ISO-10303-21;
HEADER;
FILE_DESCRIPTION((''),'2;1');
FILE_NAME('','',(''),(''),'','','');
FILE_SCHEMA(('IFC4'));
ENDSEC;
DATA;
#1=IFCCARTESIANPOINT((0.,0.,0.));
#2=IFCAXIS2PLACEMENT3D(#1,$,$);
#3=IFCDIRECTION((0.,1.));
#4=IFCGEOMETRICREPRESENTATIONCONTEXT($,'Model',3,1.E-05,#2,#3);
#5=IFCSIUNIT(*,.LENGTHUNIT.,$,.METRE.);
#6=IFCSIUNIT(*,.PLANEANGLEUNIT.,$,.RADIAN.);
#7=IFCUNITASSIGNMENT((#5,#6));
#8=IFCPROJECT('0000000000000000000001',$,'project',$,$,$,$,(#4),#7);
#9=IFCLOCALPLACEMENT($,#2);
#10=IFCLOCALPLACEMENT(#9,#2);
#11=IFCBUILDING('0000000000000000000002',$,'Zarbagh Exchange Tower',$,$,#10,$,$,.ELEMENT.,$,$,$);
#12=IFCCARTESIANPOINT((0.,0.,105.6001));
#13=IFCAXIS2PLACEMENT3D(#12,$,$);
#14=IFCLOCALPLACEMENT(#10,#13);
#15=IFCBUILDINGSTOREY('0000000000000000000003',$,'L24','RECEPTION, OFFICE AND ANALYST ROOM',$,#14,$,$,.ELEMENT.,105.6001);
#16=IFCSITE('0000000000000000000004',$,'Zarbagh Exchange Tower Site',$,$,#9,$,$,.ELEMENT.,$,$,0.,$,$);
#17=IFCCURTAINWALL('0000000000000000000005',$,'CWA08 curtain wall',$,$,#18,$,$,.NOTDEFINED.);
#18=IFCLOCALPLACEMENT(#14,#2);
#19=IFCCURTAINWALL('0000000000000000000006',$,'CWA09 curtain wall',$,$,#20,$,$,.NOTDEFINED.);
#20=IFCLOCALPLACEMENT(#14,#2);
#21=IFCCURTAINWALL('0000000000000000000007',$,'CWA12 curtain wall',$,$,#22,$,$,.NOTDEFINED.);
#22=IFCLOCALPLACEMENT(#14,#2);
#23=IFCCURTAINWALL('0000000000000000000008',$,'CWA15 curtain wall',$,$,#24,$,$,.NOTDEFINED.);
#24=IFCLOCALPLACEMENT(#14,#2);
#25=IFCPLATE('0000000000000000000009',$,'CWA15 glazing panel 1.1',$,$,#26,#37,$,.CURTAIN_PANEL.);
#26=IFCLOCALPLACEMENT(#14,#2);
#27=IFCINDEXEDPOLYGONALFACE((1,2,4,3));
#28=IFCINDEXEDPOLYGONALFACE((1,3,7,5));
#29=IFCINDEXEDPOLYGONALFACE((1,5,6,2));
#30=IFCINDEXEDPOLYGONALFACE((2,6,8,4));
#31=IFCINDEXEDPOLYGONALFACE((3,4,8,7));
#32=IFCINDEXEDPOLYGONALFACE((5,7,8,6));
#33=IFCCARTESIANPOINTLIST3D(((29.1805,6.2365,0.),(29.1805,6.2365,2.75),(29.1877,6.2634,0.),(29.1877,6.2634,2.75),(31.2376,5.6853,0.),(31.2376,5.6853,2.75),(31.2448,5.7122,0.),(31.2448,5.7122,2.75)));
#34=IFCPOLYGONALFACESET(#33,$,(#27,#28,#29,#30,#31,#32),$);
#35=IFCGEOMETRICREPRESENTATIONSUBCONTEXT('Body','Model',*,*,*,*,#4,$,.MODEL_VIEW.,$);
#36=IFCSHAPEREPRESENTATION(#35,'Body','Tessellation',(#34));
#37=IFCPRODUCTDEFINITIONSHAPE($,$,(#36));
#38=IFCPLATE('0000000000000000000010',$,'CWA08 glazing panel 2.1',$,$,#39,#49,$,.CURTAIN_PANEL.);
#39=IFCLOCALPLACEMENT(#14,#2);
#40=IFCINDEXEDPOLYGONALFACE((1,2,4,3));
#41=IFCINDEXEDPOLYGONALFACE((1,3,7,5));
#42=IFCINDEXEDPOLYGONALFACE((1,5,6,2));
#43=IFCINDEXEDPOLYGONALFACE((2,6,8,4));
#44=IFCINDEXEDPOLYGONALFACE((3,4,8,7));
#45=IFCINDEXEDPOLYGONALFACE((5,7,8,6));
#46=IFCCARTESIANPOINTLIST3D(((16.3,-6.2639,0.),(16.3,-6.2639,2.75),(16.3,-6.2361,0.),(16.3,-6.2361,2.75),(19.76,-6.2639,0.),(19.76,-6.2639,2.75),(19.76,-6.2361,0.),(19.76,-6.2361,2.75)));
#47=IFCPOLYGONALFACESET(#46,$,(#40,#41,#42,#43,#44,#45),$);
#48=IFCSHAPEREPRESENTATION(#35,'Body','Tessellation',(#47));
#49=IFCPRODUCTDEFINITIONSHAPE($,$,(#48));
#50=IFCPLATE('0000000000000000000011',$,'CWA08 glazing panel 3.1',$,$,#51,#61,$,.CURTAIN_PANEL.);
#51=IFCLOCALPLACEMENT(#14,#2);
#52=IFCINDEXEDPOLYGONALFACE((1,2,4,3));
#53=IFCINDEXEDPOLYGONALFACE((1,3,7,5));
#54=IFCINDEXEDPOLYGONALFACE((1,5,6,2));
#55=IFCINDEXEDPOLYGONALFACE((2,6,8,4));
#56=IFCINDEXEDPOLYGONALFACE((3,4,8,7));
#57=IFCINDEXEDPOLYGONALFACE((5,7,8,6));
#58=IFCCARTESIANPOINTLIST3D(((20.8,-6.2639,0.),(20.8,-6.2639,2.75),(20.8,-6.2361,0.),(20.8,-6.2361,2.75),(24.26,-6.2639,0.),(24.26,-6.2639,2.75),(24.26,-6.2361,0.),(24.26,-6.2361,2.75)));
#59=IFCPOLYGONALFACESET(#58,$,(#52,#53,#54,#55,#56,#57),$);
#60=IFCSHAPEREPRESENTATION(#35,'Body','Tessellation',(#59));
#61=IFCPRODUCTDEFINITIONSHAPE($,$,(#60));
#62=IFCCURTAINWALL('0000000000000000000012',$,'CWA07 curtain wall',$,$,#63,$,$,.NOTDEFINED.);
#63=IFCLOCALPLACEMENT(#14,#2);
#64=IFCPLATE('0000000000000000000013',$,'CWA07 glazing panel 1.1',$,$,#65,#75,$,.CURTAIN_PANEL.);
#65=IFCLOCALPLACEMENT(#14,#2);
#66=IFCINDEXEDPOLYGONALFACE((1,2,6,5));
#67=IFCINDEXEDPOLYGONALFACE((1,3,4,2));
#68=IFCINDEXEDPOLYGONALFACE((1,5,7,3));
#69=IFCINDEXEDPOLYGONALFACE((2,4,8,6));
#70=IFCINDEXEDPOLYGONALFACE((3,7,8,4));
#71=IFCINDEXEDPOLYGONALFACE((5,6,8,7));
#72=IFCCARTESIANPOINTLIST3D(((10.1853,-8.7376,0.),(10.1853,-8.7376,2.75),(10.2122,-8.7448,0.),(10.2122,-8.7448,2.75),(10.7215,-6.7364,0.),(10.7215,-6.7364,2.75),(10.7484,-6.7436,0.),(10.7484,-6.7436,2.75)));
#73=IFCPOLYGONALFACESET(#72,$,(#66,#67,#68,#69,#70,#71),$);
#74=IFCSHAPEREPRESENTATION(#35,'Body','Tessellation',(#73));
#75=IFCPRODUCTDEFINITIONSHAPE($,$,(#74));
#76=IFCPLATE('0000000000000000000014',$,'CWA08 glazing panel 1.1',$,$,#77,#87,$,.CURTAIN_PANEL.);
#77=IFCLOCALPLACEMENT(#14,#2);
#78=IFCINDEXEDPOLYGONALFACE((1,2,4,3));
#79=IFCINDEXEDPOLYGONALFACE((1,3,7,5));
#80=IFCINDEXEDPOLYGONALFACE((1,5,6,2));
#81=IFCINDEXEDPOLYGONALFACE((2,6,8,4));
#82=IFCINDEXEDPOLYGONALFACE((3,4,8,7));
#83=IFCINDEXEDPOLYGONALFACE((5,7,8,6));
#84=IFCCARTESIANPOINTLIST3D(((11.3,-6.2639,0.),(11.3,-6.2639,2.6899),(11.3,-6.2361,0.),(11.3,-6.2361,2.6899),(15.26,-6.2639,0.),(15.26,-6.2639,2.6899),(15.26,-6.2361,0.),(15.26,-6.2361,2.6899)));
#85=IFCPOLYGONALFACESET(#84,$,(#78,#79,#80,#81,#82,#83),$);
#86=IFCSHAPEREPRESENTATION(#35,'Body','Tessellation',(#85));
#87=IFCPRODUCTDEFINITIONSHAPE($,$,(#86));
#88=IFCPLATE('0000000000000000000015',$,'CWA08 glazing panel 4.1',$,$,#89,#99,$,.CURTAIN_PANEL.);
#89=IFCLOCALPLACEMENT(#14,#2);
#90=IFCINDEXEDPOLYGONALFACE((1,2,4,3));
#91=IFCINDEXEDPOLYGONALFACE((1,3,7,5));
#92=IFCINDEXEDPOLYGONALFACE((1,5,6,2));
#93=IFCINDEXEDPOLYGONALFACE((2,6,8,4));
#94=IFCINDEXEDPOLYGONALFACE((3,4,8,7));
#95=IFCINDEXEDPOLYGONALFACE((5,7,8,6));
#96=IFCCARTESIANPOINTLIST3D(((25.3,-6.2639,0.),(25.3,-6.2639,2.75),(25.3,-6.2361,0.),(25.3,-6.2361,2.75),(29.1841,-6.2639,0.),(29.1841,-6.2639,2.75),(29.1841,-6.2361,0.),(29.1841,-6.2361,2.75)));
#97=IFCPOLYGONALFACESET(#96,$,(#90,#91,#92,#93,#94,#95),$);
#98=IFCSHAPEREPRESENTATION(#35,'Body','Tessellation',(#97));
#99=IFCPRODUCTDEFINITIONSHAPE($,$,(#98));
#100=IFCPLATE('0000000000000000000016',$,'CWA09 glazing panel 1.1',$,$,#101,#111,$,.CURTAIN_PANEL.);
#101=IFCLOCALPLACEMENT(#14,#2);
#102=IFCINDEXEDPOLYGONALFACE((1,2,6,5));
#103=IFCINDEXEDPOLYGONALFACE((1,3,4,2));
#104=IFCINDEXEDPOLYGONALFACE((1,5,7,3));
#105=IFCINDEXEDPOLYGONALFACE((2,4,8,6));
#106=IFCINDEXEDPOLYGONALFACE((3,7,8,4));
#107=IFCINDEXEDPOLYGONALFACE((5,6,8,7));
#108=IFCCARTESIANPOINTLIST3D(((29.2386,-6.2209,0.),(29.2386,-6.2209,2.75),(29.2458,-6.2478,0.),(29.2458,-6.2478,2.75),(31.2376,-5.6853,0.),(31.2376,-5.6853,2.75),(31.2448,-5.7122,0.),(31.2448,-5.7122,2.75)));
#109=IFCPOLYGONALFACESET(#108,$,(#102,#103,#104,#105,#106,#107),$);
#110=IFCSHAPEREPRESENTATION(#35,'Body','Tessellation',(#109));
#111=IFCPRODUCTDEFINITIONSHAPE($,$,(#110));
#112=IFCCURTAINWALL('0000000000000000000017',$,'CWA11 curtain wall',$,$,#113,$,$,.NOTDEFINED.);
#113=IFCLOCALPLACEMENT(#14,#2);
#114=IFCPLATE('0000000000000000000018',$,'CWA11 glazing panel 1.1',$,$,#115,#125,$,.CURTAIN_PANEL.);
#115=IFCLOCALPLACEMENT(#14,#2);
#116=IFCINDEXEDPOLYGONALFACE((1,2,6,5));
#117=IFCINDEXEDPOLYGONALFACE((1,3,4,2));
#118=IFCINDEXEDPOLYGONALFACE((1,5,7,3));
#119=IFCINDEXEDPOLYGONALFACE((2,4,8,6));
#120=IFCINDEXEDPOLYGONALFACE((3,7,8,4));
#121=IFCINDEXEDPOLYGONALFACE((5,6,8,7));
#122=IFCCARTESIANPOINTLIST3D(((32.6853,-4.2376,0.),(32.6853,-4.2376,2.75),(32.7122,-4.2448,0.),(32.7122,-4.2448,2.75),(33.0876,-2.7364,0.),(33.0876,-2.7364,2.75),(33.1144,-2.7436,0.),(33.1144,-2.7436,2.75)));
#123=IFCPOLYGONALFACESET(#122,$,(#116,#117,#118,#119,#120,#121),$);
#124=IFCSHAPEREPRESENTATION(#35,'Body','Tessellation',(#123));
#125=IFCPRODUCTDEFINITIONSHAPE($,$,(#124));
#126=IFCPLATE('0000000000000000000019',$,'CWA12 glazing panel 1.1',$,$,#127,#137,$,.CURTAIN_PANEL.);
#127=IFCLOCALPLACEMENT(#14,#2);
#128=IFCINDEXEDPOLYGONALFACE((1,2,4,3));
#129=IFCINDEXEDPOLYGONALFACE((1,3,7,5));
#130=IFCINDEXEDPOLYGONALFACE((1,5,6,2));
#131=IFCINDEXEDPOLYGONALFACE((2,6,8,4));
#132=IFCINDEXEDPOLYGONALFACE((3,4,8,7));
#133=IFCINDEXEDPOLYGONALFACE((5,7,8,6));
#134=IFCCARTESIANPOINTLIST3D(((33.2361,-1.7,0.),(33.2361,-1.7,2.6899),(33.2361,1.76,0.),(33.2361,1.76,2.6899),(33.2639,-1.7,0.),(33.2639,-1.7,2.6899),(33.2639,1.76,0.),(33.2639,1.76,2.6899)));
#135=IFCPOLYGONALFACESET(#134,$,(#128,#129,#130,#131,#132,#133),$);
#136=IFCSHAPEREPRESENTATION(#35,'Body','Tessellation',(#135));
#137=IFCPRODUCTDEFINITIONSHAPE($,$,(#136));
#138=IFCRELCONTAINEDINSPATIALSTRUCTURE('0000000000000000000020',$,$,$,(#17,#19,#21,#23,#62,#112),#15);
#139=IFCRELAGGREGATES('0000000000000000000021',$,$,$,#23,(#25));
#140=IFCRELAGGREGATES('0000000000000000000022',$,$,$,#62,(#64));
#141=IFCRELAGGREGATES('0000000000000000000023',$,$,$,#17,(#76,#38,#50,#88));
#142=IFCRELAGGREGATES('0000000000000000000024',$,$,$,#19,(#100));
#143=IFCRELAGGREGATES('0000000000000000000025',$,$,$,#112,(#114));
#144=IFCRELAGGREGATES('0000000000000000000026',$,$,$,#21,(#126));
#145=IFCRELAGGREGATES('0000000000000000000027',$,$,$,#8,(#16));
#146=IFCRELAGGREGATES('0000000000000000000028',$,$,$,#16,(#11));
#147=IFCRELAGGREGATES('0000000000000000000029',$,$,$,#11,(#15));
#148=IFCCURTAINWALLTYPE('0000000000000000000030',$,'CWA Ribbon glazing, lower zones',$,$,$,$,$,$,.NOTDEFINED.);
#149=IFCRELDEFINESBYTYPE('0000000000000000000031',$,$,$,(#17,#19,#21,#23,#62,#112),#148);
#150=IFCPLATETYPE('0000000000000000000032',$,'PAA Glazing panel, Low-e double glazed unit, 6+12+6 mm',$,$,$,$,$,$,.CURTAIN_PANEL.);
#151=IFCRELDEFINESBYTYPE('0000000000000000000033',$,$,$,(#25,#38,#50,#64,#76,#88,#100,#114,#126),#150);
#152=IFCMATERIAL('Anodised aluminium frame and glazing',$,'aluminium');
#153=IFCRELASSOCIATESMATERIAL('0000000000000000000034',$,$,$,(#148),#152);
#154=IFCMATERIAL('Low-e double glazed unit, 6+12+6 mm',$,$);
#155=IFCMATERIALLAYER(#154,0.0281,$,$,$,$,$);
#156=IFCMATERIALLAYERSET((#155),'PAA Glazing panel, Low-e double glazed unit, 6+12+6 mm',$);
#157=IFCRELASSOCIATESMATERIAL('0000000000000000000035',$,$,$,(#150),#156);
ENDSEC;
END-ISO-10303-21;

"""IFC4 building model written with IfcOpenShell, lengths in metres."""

from ifc_helpers import new_model, si_unit, direction, frame, origin, place, context, subcontext, project, spatial, polyline, outline, extrude, source, transform, mapped, material, layer, layer_set, type_object, element, aggregate, save


model = new_model("IFC4")

# Units and contexts
model_context = context("Model", 3, precision=1e-05, world=origin(), true_north=direction((0.0, 1.0)))
body_context = subcontext(model_context, "Body", "Model", "MODEL_VIEW")
ifc_project = project(units=[si_unit("LENGTHUNIT", "METRE"), si_unit("PLANEANGLEUNIT", "RADIAN")], contexts=[model_context])

# Site, building, storey
site_placement = place(None, origin())
site = spatial("IfcSite", under=ifc_project, at=site_placement, Name="Zarbagh Exchange Tower Site", CompositionType="ELEMENT", RefElevation=0.0)
building_placement = place(site_placement, origin())
building = spatial("IfcBuilding", under=site, at=building_placement, Name="Zarbagh Exchange Tower", CompositionType="ELEMENT")
storey_placement = place(building_placement, frame((0.0, 0.0, 105.6001)))
storey = spatial("IfcBuildingStorey", under=building, at=storey_placement, Name="L24", Description="RECEPTION, OFFICE AND ANALYST ROOM", CompositionType="ELEMENT", Elevation=105.6001)

# Curtain wall
ifc_material_1 = material(Name="Anodised aluminium frame and glazing", Category="aluminium")
curtain_wall_type = type_object("IfcCurtainWallType", Name="CWA Ribbon glazing, lower zones", PredefinedType="NOTDEFINED", material=ifc_material_1)
curtain_wall_1_placement = place(storey_placement, origin())
curtain_wall_1 = element("IfcCurtainWall", 1, at=curtain_wall_1_placement, inside=storey, type_object=curtain_wall_type, Name="CWA08 curtain wall", PredefinedType="NOTDEFINED")
placement = place(storey_placement, origin())

# Curtain walls
curtain_wall_2_placement = place(storey_placement, origin())
curtain_wall_2 = element("IfcCurtainWall", 2, at=curtain_wall_2_placement, inside=storey, type_object=curtain_wall_type, Name="CWA09 curtain wall", PredefinedType="NOTDEFINED")
curtain_wall_3_placement = place(storey_placement, origin())
curtain_wall_3 = element("IfcCurtainWall", 3, at=curtain_wall_3_placement, inside=storey, type_object=curtain_wall_type, Name="CWA12 curtain wall", PredefinedType="NOTDEFINED")

# Shared definitions
ifc_material_2 = material(Name="Low-e double glazed unit, 6+12+6 mm")
ifc_layer = layer(ifc_material_2, 0.0281)
ifc_layer_set = layer_set([ifc_layer], Name="PAA Glazing panel, Low-e double glazed unit, 6+12+6 mm")
plate_type = type_object("IfcPlateType", Name="PAA Glazing panel, Low-e double glazed unit, 6+12+6 mm", PredefinedType="CURTAIN_PANEL", material=ifc_layer_set)

# Curtain wall, plate
curtain_wall_4_placement = place(storey_placement, origin())
curtain_wall_4 = element("IfcCurtainWall", 4, at=curtain_wall_4_placement, inside=storey, type_object=curtain_wall_type, Name="CWA15 curtain wall", PredefinedType="NOTDEFINED")
shared_shape_1 = source(origin(), body_context, "Body", "SweptSolid", [
    extrude(outline(polyline([(0.0, -0.0139), (2.1296, -0.0139), (2.1296, 0.0139), (0.0, 0.0139), (0.0, -0.0139)])), origin(), (0.0, 0.0, 1.0), 2.75),
])
plate_1 = element("IfcPlate", 5, at=placement, type_object=plate_type, Name="CWA15 glazing panel 1.1", PredefinedType="CURTAIN_PANEL", context=body_context, shape_type="MappedRepresentation", body=[
    mapped(shared_shape_1, transform((31.2412, 5.6987, 0.0), x_axis=(-0.965924, 0.258825, 0.0), y_axis=(-0.258825, -0.965924, 0.0), z_axis=(0.0, 0.0, 1.0))),
])
aggregate(curtain_wall_4, [plate_1])

# Plates
shared_shape_2 = source(origin(), body_context, "Body", "SweptSolid", [
    extrude(outline(polyline([(0.0, -0.0139), (3.46, -0.0139), (3.46, 0.0139), (0.0, 0.0139), (0.0, -0.0139)])), origin(), (0.0, 0.0, 1.0), 2.75),
])
plate_2 = element("IfcPlate", 6, at=placement, type_object=plate_type, Name="CWA08 glazing panel 2.1", PredefinedType="CURTAIN_PANEL", context=body_context, shape_type="MappedRepresentation", body=[
    mapped(shared_shape_2, transform((16.3, -6.25, 0.0), x_axis=(1.0, 0.0, 0.0), y_axis=(0.0, 1.0, 0.0), z_axis=(0.0, 0.0, 1.0))),
])
plate_3 = element("IfcPlate", 7, at=placement, type_object=plate_type, Name="CWA08 glazing panel 3.1", PredefinedType="CURTAIN_PANEL", context=body_context, shape_type="MappedRepresentation", body=[
    mapped(shared_shape_2, transform((20.8, -6.25, 0.0), x_axis=(1.0, 0.0, 0.0), y_axis=(0.0, 1.0, 0.0), z_axis=(0.0, 0.0, 1.0))),
])

# Curtain wall, plate
curtain_wall_5_placement = place(storey_placement, origin())
curtain_wall_5 = element("IfcCurtainWall", 8, at=curtain_wall_5_placement, inside=storey, type_object=curtain_wall_type, Name="CWA07 curtain wall", PredefinedType="NOTDEFINED")
shared_shape_3 = source(origin(), body_context, "Body", "SweptSolid", [
    extrude(outline(polyline([(0.0, -0.0139), (2.0718, -0.0139), (2.0718, 0.0139), (0.0, 0.0139), (0.0, -0.0139)])), origin(), (0.0, 0.0, 1.0), 2.75),
])
plate_4 = element("IfcPlate", 9, at=placement, type_object=plate_type, Name="CWA07 glazing panel 1.1", PredefinedType="CURTAIN_PANEL", context=body_context, shape_type="MappedRepresentation", body=[
    mapped(shared_shape_3, transform((10.1987, -8.7412, 0.0), x_axis=(0.258825, 0.965924, 0.0), y_axis=(-0.965924, 0.258825, 0.0), z_axis=(0.0, 0.0, 1.0))),
])
aggregate(curtain_wall_5, [plate_4])

# Plates
shared_shape_4 = source(origin(), body_context, "Body", "SweptSolid", [
    extrude(outline(polyline([(0.0, -0.0139), (3.96, -0.0139), (3.96, 0.0139), (0.0, 0.0139), (0.0, -0.0139)])), origin(), (0.0, 0.0, 1.0), 2.6899),
])
plate_5 = element("IfcPlate", 10, at=placement, type_object=plate_type, Name="CWA08 glazing panel 1.1", PredefinedType="CURTAIN_PANEL", context=body_context, shape_type="MappedRepresentation", body=[
    mapped(shared_shape_4, transform((11.3, -6.25, 0.0), x_axis=(1.0, 0.0, 0.0), y_axis=(0.0, 1.0, 0.0), z_axis=(0.0, 0.0, 1.0))),
])
shared_shape_5 = source(origin(), body_context, "Body", "SweptSolid", [
    extrude(outline(polyline([(0.0, -0.0139), (3.884, -0.0139), (3.884, 0.0139), (0.0, 0.0139), (0.0, -0.0139)])), origin(), (0.0, 0.0, 1.0), 2.75),
])
plate_6 = element("IfcPlate", 11, at=placement, type_object=plate_type, Name="CWA08 glazing panel 4.1", PredefinedType="CURTAIN_PANEL", context=body_context, shape_type="MappedRepresentation", body=[
    mapped(shared_shape_5, transform((25.3, -6.25, 0.0), x_axis=(1.0, 0.0, 0.0), y_axis=(0.0, 1.0, 0.0), z_axis=(0.0, 0.0, 1.0))),
])
aggregate(curtain_wall_1, [plate_5, plate_2, plate_3, plate_6])
shared_shape_6 = source(origin(), body_context, "Body", "SweptSolid", [
    extrude(outline(polyline([(0.0, -0.0139), (2.0696, -0.0139), (2.0696, 0.0139), (0.0, 0.0139), (0.0, -0.0139)])), origin(), (0.0, 0.0, 1.0), 2.75),
])
plate_7 = element("IfcPlate", 12, at=placement, type_object=plate_type, Name="CWA09 glazing panel 1.1", PredefinedType="CURTAIN_PANEL", context=body_context, shape_type="MappedRepresentation", body=[
    mapped(shared_shape_6, transform((29.2422, -6.2344, 0.0), x_axis=(0.965924, 0.258825, 0.0), y_axis=(-0.258825, 0.965924, 0.0), z_axis=(0.0, 0.0, 1.0))),
])
aggregate(curtain_wall_2, [plate_7])

# Curtain wall, plate
curtain_wall_6_placement = place(storey_placement, origin())
curtain_wall_6 = element("IfcCurtainWall", 13, at=curtain_wall_6_placement, inside=storey, type_object=curtain_wall_type, Name="CWA11 curtain wall", PredefinedType="NOTDEFINED")
shared_shape_7 = source(origin(), body_context, "Body", "SweptSolid", [
    extrude(outline(polyline([(0.0, -0.0139), (1.5542, -0.0139), (1.5542, 0.0139), (0.0, 0.0139), (0.0, -0.0139)])), origin(), (0.0, 0.0, 1.0), 2.75),
])
plate_8 = element("IfcPlate", 14, at=placement, type_object=plate_type, Name="CWA11 glazing panel 1.1", PredefinedType="CURTAIN_PANEL", context=body_context, shape_type="MappedRepresentation", body=[
    mapped(shared_shape_7, transform((32.6987, -4.2412, 0.0), x_axis=(0.258825, 0.965924, 0.0), y_axis=(-0.965924, 0.258825, 0.0), z_axis=(0.0, 0.0, 1.0))),
])
aggregate(curtain_wall_6, [plate_8])

# Plate
shared_shape_8 = source(origin(), body_context, "Body", "SweptSolid", [
    extrude(outline(polyline([(0.0, -0.0139), (3.46, -0.0139), (3.46, 0.0139), (0.0, 0.0139), (0.0, -0.0139)])), origin(), (0.0, 0.0, 1.0), 2.6899),
])
plate_9 = element("IfcPlate", 15, at=placement, type_object=plate_type, Name="CWA12 glazing panel 1.1", PredefinedType="CURTAIN_PANEL", context=body_context, shape_type="MappedRepresentation", body=[
    mapped(shared_shape_8, transform((33.25, -1.7, 0.0), x_axis=(0.0, 1.0, 0.0), y_axis=(-1.0, 0.0, 0.0), z_axis=(0.0, 0.0, 1.0))),
])
aggregate(curtain_wall_3, [plate_9])

save(model, "model.ifc")
